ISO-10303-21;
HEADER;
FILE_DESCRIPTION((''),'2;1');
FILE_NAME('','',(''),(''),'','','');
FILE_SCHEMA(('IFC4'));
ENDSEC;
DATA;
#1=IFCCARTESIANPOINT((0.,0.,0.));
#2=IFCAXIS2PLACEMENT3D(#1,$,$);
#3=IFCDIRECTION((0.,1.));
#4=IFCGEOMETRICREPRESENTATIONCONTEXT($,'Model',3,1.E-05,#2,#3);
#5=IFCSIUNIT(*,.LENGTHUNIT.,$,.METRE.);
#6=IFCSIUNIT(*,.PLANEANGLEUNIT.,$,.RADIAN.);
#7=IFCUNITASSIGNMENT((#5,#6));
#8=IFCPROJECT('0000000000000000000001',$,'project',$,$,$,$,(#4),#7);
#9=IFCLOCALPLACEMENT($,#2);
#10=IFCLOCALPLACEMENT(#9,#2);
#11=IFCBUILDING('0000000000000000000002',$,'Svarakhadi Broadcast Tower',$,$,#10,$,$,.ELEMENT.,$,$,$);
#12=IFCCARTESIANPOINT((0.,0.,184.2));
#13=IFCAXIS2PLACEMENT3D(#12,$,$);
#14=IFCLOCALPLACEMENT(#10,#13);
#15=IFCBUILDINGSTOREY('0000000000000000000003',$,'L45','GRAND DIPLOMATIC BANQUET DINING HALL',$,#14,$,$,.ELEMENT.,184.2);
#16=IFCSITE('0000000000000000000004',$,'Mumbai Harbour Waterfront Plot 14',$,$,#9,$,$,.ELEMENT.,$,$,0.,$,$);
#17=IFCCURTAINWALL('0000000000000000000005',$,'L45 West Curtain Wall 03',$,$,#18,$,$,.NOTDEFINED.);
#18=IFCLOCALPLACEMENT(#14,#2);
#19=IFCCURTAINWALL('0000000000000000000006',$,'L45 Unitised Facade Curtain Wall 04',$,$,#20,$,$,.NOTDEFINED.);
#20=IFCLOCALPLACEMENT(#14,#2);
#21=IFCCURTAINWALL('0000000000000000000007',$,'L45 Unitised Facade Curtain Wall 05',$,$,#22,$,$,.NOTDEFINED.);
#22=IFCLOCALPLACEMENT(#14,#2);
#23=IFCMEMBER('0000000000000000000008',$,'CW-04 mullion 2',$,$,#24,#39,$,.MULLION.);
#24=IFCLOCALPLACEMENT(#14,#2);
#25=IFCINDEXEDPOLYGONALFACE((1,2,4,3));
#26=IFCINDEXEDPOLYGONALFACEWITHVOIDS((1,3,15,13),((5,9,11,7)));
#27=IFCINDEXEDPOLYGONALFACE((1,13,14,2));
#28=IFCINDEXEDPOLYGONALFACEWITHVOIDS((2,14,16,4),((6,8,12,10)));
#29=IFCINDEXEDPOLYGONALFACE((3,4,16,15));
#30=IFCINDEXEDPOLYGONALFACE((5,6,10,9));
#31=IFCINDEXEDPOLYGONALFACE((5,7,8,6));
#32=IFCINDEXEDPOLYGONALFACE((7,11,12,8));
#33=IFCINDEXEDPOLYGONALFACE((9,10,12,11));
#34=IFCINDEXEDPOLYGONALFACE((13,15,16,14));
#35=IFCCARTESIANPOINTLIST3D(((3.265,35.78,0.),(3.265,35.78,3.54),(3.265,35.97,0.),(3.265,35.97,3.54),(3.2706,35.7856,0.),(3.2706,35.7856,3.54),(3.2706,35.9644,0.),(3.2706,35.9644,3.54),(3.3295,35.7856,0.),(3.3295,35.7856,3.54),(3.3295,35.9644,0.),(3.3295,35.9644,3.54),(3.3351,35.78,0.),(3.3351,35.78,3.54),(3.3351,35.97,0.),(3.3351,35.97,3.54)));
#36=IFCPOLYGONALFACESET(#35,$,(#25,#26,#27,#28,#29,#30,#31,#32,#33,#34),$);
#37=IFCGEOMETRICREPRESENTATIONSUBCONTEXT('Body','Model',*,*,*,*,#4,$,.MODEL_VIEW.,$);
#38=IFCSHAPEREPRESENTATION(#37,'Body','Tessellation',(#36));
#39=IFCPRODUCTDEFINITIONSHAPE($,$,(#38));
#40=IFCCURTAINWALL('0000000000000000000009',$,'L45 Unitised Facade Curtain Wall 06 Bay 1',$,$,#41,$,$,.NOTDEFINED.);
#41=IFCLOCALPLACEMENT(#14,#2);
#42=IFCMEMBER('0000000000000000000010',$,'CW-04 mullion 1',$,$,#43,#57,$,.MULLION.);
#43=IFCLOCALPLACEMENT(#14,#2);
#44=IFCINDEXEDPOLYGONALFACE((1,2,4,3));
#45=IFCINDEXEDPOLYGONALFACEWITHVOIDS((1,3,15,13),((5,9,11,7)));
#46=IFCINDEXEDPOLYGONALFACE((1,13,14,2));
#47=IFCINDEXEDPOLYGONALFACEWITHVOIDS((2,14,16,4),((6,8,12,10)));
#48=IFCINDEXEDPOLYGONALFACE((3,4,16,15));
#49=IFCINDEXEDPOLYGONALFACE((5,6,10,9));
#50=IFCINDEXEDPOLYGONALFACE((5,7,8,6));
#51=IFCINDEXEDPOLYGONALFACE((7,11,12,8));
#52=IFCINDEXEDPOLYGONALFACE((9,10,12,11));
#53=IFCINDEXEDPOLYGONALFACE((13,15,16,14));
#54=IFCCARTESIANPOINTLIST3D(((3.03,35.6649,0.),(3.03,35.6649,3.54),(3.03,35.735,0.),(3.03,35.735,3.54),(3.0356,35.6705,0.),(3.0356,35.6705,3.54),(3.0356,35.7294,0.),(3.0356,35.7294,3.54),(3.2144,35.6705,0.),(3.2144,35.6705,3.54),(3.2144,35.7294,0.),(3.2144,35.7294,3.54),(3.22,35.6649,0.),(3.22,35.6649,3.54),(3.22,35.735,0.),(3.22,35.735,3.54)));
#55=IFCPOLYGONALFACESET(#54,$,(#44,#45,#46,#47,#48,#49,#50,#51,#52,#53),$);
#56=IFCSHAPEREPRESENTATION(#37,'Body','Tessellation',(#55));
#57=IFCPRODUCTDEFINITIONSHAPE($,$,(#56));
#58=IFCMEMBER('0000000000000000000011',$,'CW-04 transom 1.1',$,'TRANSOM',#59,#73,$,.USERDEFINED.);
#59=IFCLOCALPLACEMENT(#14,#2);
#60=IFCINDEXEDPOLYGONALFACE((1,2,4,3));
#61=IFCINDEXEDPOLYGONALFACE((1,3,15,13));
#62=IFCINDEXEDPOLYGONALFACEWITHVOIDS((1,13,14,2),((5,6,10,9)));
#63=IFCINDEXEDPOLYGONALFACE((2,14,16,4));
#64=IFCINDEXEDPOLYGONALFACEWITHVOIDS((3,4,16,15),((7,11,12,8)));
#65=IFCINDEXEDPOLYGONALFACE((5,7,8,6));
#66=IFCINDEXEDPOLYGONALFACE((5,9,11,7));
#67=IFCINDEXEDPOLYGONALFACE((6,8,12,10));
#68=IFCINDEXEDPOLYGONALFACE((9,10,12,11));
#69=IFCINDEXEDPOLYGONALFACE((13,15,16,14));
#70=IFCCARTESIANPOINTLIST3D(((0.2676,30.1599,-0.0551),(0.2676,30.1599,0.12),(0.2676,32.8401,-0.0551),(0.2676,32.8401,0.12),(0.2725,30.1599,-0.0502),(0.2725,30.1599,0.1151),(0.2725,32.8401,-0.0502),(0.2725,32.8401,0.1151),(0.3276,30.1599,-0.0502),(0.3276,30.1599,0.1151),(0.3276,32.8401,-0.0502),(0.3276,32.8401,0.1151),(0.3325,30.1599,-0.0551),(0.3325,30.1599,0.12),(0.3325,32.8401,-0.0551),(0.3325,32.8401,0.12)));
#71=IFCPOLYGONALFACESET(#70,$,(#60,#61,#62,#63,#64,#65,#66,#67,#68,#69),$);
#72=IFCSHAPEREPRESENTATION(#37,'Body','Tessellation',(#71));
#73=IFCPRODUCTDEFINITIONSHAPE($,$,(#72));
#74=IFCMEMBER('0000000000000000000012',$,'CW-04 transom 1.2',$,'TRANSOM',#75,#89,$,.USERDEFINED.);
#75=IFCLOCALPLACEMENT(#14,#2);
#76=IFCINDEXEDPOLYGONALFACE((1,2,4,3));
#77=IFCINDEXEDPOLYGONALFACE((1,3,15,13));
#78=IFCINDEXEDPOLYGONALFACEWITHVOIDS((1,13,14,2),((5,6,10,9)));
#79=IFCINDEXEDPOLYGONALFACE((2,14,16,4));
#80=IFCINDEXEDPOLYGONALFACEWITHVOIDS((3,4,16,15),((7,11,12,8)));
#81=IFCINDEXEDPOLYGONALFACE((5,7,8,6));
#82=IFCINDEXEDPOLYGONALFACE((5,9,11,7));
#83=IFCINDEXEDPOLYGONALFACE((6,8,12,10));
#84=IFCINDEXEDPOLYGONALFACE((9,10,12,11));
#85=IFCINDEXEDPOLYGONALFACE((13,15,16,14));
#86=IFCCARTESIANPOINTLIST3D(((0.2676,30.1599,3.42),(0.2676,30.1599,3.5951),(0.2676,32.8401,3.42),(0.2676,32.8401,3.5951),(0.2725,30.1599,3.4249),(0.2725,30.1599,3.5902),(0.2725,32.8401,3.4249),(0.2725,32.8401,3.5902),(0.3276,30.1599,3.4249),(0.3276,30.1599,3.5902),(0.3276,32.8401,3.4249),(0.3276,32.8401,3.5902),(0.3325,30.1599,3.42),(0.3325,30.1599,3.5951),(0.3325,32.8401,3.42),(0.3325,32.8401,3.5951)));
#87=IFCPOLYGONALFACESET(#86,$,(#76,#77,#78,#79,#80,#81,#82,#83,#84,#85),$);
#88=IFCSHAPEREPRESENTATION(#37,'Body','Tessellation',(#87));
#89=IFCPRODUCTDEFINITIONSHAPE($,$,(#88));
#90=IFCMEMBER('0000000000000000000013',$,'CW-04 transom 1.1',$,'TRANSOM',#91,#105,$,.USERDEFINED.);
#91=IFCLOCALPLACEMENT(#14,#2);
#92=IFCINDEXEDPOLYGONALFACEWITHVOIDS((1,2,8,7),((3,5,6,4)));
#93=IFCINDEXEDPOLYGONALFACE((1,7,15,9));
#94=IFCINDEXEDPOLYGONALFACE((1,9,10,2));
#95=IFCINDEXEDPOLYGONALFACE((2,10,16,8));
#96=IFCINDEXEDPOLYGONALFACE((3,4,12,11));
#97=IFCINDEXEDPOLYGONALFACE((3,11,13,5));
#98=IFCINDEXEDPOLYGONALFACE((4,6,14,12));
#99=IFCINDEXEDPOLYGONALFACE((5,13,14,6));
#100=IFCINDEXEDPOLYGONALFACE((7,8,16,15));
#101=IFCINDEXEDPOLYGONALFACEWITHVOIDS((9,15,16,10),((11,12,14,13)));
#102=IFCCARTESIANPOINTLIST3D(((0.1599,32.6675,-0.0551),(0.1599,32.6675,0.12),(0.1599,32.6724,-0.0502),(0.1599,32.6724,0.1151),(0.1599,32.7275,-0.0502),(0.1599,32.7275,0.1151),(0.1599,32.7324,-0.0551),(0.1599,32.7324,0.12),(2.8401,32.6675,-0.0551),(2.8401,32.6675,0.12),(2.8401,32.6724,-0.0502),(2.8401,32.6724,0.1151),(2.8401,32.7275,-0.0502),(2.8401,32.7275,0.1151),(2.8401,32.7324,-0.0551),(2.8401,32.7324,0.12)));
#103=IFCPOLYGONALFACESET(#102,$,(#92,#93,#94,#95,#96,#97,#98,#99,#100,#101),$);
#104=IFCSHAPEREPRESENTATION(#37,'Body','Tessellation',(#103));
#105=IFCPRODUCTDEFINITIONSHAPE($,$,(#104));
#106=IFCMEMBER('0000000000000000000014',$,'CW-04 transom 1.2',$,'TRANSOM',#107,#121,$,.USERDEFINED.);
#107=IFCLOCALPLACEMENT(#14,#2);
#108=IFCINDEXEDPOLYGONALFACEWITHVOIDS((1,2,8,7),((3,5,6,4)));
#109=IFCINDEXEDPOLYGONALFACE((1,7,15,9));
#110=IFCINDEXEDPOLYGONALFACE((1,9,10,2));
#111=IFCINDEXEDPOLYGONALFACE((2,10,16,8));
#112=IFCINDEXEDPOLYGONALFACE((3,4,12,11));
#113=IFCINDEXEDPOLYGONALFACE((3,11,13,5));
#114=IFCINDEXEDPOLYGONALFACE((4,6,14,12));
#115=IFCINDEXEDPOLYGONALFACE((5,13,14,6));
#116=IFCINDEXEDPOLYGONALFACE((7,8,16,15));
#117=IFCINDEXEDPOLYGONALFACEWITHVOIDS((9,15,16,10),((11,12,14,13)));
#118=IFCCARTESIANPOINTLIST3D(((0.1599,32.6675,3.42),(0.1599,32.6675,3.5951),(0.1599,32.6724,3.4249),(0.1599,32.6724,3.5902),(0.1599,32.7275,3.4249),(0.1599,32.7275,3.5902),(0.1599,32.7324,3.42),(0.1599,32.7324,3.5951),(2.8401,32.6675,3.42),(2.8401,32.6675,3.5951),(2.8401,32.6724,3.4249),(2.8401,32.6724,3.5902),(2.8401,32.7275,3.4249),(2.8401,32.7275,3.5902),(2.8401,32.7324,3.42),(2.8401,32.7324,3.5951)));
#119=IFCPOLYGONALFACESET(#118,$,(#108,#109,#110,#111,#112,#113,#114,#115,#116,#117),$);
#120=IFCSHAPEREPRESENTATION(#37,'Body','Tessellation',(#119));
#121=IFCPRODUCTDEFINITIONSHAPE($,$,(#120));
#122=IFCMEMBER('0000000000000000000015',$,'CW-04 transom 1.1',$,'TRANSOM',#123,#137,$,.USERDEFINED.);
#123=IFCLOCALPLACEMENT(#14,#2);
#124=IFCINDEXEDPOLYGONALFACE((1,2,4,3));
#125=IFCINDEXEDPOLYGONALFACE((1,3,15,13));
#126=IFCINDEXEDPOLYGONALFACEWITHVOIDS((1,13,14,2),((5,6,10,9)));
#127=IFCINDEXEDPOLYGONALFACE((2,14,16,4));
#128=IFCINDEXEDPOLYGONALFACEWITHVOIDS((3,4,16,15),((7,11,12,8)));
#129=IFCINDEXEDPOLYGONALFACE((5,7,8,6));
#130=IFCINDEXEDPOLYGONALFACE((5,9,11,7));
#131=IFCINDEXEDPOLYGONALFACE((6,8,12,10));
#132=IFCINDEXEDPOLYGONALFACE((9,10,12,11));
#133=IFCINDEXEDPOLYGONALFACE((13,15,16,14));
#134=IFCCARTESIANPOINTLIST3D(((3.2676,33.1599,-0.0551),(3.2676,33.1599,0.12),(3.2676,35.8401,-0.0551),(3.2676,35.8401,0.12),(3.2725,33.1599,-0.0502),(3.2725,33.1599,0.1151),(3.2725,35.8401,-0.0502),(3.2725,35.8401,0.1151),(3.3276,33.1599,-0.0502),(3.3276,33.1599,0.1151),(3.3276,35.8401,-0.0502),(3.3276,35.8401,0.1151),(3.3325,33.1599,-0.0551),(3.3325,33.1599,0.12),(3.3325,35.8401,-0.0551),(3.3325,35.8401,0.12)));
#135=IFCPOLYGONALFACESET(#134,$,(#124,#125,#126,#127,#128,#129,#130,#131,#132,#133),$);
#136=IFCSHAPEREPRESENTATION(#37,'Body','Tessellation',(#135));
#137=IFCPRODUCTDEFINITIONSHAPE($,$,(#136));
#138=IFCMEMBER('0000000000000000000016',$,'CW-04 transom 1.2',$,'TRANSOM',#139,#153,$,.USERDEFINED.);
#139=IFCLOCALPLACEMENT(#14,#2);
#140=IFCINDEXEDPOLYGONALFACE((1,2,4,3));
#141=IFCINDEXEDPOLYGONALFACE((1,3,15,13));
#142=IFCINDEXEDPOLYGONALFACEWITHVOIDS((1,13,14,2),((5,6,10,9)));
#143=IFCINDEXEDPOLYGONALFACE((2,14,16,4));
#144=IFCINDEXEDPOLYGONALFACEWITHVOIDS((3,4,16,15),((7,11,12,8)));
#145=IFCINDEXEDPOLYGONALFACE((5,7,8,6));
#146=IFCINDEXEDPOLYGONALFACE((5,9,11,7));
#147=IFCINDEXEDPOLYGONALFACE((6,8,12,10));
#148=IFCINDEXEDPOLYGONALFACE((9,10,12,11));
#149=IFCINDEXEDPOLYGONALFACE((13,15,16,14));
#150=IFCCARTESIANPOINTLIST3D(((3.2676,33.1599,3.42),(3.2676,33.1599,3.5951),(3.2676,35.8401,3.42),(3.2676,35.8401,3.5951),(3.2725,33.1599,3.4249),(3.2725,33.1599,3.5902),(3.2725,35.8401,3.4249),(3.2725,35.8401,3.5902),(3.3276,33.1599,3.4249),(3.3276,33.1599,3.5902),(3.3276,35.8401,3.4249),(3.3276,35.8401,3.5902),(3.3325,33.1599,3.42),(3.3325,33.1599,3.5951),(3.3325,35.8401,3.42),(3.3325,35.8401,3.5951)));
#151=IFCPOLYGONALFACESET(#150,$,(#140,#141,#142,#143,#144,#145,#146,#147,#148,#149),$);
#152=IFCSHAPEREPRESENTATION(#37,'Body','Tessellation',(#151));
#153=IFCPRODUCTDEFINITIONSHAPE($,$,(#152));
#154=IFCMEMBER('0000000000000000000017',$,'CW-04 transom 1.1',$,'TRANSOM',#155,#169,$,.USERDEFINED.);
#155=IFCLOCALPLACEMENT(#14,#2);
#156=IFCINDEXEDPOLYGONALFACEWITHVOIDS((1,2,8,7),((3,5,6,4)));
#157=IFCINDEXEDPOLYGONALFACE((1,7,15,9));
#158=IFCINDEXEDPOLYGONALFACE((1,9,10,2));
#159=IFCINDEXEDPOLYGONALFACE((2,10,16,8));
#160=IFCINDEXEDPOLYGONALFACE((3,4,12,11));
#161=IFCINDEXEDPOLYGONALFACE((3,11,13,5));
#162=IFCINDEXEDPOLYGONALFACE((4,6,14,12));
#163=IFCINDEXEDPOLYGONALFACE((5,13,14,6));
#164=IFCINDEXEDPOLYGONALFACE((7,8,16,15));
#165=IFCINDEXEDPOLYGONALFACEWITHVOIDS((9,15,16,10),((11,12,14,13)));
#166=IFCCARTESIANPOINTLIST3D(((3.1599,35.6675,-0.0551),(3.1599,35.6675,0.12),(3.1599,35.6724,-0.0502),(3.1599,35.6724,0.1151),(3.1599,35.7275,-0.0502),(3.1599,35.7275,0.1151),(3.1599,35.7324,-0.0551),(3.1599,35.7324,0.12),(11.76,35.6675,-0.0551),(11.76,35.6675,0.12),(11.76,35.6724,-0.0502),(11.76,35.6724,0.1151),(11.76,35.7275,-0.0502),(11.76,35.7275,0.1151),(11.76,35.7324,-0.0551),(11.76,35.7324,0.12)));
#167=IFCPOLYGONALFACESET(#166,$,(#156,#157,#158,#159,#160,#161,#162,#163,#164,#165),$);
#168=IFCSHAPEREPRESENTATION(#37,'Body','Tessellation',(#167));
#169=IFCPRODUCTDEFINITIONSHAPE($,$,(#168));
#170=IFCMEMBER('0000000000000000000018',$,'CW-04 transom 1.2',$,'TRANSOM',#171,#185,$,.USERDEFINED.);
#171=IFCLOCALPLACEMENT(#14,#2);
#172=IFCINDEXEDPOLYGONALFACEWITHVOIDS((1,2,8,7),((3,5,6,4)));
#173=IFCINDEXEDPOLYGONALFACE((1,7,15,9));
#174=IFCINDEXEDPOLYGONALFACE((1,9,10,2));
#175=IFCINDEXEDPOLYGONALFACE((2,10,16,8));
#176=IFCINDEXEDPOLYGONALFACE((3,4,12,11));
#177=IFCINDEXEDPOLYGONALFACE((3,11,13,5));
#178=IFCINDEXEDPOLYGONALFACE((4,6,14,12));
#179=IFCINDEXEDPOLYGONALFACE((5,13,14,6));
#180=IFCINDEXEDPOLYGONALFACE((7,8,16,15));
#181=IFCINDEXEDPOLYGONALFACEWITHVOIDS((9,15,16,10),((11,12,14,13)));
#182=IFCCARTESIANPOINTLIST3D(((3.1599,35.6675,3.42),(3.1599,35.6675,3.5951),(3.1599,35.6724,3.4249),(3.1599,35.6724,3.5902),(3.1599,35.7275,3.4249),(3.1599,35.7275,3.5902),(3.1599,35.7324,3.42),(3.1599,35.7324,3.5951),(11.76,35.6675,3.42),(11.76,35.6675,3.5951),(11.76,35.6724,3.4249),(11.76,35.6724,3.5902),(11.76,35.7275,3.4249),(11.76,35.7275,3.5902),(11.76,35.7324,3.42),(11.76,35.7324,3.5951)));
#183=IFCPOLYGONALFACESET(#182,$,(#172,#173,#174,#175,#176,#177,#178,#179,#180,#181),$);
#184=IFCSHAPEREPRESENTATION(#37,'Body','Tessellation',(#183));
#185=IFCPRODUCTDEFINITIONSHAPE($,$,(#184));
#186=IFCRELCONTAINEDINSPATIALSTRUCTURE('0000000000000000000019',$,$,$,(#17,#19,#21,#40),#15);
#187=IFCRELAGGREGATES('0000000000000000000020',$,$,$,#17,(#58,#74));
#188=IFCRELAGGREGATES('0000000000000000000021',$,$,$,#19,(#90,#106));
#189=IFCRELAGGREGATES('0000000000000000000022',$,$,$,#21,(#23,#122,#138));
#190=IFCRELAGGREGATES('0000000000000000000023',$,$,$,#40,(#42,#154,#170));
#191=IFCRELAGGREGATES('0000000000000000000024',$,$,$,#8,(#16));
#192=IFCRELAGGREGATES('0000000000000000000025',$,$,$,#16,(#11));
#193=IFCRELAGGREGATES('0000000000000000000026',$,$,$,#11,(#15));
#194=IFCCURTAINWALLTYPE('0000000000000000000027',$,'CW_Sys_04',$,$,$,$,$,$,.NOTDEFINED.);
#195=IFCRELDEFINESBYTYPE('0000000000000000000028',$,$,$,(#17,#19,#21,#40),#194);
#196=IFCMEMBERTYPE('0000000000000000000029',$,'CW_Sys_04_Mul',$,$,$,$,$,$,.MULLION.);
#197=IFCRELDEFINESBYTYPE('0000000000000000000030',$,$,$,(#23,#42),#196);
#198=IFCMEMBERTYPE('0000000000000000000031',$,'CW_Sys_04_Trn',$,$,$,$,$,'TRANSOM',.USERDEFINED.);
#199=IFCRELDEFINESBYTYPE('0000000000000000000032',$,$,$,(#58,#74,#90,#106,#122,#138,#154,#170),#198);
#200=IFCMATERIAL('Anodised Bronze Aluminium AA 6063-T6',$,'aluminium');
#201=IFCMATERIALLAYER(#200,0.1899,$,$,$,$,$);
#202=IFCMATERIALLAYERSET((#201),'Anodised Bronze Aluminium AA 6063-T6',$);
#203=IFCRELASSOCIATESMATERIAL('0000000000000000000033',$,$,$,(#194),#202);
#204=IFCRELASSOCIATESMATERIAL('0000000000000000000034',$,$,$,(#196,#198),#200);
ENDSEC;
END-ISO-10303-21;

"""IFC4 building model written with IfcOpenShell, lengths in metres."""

from ifc_helpers import new_model, si_unit, direction, frame, origin, origin_2d, place, context, subcontext, project, spatial, hollow_rectangle, extrude, material, layer, layer_set, material_profile, profile_set, type_object, element, aggregate, save


model = new_model("IFC4")

# Units and contexts
model_context = context("Model", 3, precision=1e-05, world=origin(), true_north=direction((0.0, 1.0)))
body_context = subcontext(model_context, "Body", "Model", "MODEL_VIEW")
ifc_project = project(units=[si_unit("LENGTHUNIT", "METRE"), si_unit("PLANEANGLEUNIT", "RADIAN")], contexts=[model_context])

# Site, building, storey
site_placement = place(None, origin())
site = spatial("IfcSite", under=ifc_project, at=site_placement, Name="Mumbai Harbour Waterfront Plot 14", CompositionType="ELEMENT", RefElevation=0.0)
building_placement = place(site_placement, origin())
building = spatial("IfcBuilding", under=site, at=building_placement, Name="Svarakhadi Broadcast Tower", CompositionType="ELEMENT")
storey_placement = place(building_placement, frame((0.0, 0.0, 184.2)))
storey = spatial("IfcBuildingStorey", under=building, at=storey_placement, Name="L45", Description="GRAND DIPLOMATIC BANQUET DINING HALL", CompositionType="ELEMENT", Elevation=184.2)

# Curtain walls, member
ifc_material_1 = material(Name="Anodised Bronze Aluminium AA 6063-T6", Category="aluminium")
ifc_layer_1 = layer(ifc_material_1, 0.1899)
ifc_layer_set_1 = layer_set([ifc_layer_1], Name="Anodised Bronze Aluminium AA 6063-T6")
curtain_wall_type = type_object("IfcCurtainWallType", Name="CW_Sys_04", PredefinedType="NOTDEFINED", material=ifc_layer_set_1)
curtain_wall_1_placement = place(storey_placement, origin())
curtain_wall_1 = element("IfcCurtainWall", 1, at=curtain_wall_1_placement, inside=storey, type_object=curtain_wall_type, Name="L45 West Curtain Wall 03", PredefinedType="NOTDEFINED")
ifc_material_profile_1 = material_profile(ifc_material_1, hollow_rectangle(XDim=0.0701, YDim=0.1899, WallThickness=0.0056, at=origin_2d()), Name="ALU MULLION 190x70x6")
ifc_profile_set_1 = profile_set([ifc_material_profile_1], Name="Anodised Bronze Aluminium AA 6063-T6")
member_type_1 = type_object("IfcMemberType", Name="CW_Sys_04_Mul", PredefinedType="MULLION", material=ifc_profile_set_1)
curtain_wall_2_placement = place(storey_placement, origin())
curtain_wall_2 = element("IfcCurtainWall", 2, at=curtain_wall_2_placement, inside=storey, type_object=curtain_wall_type, Name="L45 Unitised Facade Curtain Wall 04", PredefinedType="NOTDEFINED")
curtain_wall_3_placement = place(storey_placement, origin())
curtain_wall_3 = element("IfcCurtainWall", 3, at=curtain_wall_3_placement, inside=storey, type_object=curtain_wall_type, Name="L45 Unitised Facade Curtain Wall 05", PredefinedType="NOTDEFINED")
member_1_placement = place(storey_placement, frame((3.3, 35.875, 0.0), z_axis=(0.0, 0.0, 1.0), x_axis=(-1.0, 0.0, 0.0)))
member_1 = element("IfcMember", 4, at=member_1_placement, type_object=member_type_1, Name="CW-04 mullion 2", PredefinedType="MULLION", context=body_context, shape_type="SweptSolid", body=[
    extrude(hollow_rectangle(XDim=0.0701, YDim=0.1899, WallThickness=0.0056, at=origin_2d()), origin(), (0.0, 0.0, 1.0), 3.54),
])

# Curtain wall, member
curtain_wall_4_placement = place(storey_placement, origin())
curtain_wall_4 = element("IfcCurtainWall", 5, at=curtain_wall_4_placement, inside=storey, type_object=curtain_wall_type, Name="L45 Unitised Facade Curtain Wall 06 Bay 1", PredefinedType="NOTDEFINED")
member_2_placement = place(storey_placement, frame((3.125, 35.7, 0.0), z_axis=(0.0, 0.0, 1.0), x_axis=(0.0, 1.0, 0.0)))
member_2 = element("IfcMember", 6, at=member_2_placement, type_object=member_type_1, Name="CW-04 mullion 1", PredefinedType="MULLION", context=body_context, shape_type="SweptSolid", body=[
    extrude(hollow_rectangle(XDim=0.0701, YDim=0.1899, WallThickness=0.0056, at=origin_2d()), origin(), (0.0, 0.0, 1.0), 3.54),
])

# Members
ifc_material_profile_2 = material_profile(ifc_material_1, hollow_rectangle(XDim=0.0649, YDim=0.175, WallThickness=0.0049, at=origin_2d()), Name="ALU TRANSOM 175x65x5")
ifc_profile_set_2 = profile_set([ifc_material_profile_2], Name="Anodised Bronze Aluminium AA 6063-T6")
member_type_2 = type_object("IfcMemberType", Name="CW_Sys_04_Trn", ElementType="TRANSOM", PredefinedType="USERDEFINED", material=ifc_profile_set_2)
member_3_placement = place(storey_placement, frame((0.3, 30.1599, 0.0325), z_axis=(0.0, 1.0, 0.0), x_axis=(-1.0, 0.0, 0.0)))
member_3 = element("IfcMember", 7, at=member_3_placement, type_object=member_type_2, Name="CW-04 transom 1.1", ObjectType="TRANSOM", PredefinedType="USERDEFINED", context=body_context, shape_type="SweptSolid", body=[
    extrude(hollow_rectangle(XDim=0.0649, YDim=0.175, WallThickness=0.0049, at=origin_2d()), origin(), (0.0, 0.0, 1.0), 2.6802),
])
member_4_placement = place(storey_placement, frame((0.3, 30.1599, 3.5076), z_axis=(0.0, 1.0, 0.0), x_axis=(-1.0, 0.0, 0.0)))
member_4 = element("IfcMember", 8, at=member_4_placement, type_object=member_type_2, Name="CW-04 transom 1.2", ObjectType="TRANSOM", PredefinedType="USERDEFINED", context=body_context, shape_type="SweptSolid", body=[
    extrude(hollow_rectangle(XDim=0.0649, YDim=0.175, WallThickness=0.0049, at=origin_2d()), origin(), (0.0, 0.0, 1.0), 2.6802),
])
member_5_placement = place(storey_placement, frame((0.1599, 32.7, 0.0325), z_axis=(1.0, 0.0, 0.0), x_axis=(0.0, 1.0, 0.0)))
member_5 = element("IfcMember", 9, at=member_5_placement, type_object=member_type_2, Name="CW-04 transom 1.1", ObjectType="TRANSOM", PredefinedType="USERDEFINED", context=body_context, shape_type="SweptSolid", body=[
    extrude(hollow_rectangle(XDim=0.0649, YDim=0.175, WallThickness=0.0049, at=origin_2d()), origin(), (0.0, 0.0, 1.0), 2.6802),
])
member_6_placement = place(storey_placement, frame((0.1599, 32.7, 3.5076), z_axis=(1.0, 0.0, 0.0), x_axis=(0.0, 1.0, 0.0)))
member_6 = element("IfcMember", 10, at=member_6_placement, type_object=member_type_2, Name="CW-04 transom 1.2", ObjectType="TRANSOM", PredefinedType="USERDEFINED", context=body_context, shape_type="SweptSolid", body=[
    extrude(hollow_rectangle(XDim=0.0649, YDim=0.175, WallThickness=0.0049, at=origin_2d()), origin(), (0.0, 0.0, 1.0), 2.6802),
])
member_7_placement = place(storey_placement, frame((3.3, 33.1599, 0.0325), z_axis=(0.0, 1.0, 0.0), x_axis=(-1.0, 0.0, 0.0)))
member_7 = element("IfcMember", 11, at=member_7_placement, type_object=member_type_2, Name="CW-04 transom 1.1", ObjectType="TRANSOM", PredefinedType="USERDEFINED", context=body_context, shape_type="SweptSolid", body=[
    extrude(hollow_rectangle(XDim=0.0649, YDim=0.175, WallThickness=0.0049, at=origin_2d()), origin(), (0.0, 0.0, 1.0), 2.6802),
])
member_8_placement = place(storey_placement, frame((3.3, 33.1599, 3.5076), z_axis=(0.0, 1.0, 0.0), x_axis=(-1.0, 0.0, 0.0)))
member_8 = element("IfcMember", 12, at=member_8_placement, type_object=member_type_2, Name="CW-04 transom 1.2", ObjectType="TRANSOM", PredefinedType="USERDEFINED", context=body_context, shape_type="SweptSolid", body=[
    extrude(hollow_rectangle(XDim=0.0649, YDim=0.175, WallThickness=0.0049, at=origin_2d()), origin(), (0.0, 0.0, 1.0), 2.6802),
])
member_9_placement = place(storey_placement, frame((3.1599, 35.7, 0.0325), z_axis=(1.0, 0.0, 0.0), x_axis=(0.0, 1.0, 0.0)))
member_9 = element("IfcMember", 13, at=member_9_placement, type_object=member_type_2, Name="CW-04 transom 1.1", ObjectType="TRANSOM", PredefinedType="USERDEFINED", context=body_context, shape_type="SweptSolid", body=[
    extrude(hollow_rectangle(XDim=0.0649, YDim=0.175, WallThickness=0.0049, at=origin_2d()), origin(), (0.0, 0.0, 1.0), 8.6001),
])
member_10_placement = place(storey_placement, frame((3.1599, 35.7, 3.5076), z_axis=(1.0, 0.0, 0.0), x_axis=(0.0, 1.0, 0.0)))
member_10 = element("IfcMember", 14, at=member_10_placement, type_object=member_type_2, Name="CW-04 transom 1.2", ObjectType="TRANSOM", PredefinedType="USERDEFINED", context=body_context, shape_type="SweptSolid", body=[
    extrude(hollow_rectangle(XDim=0.0649, YDim=0.175, WallThickness=0.0049, at=origin_2d()), origin(), (0.0, 0.0, 1.0), 8.6001),
])

aggregate(curtain_wall_1, [member_3, member_4])
aggregate(curtain_wall_2, [member_5, member_6])
aggregate(curtain_wall_3, [member_1, member_7, member_8])
aggregate(curtain_wall_4, [member_2, member_9, member_10])

save(model, "model.ifc")
